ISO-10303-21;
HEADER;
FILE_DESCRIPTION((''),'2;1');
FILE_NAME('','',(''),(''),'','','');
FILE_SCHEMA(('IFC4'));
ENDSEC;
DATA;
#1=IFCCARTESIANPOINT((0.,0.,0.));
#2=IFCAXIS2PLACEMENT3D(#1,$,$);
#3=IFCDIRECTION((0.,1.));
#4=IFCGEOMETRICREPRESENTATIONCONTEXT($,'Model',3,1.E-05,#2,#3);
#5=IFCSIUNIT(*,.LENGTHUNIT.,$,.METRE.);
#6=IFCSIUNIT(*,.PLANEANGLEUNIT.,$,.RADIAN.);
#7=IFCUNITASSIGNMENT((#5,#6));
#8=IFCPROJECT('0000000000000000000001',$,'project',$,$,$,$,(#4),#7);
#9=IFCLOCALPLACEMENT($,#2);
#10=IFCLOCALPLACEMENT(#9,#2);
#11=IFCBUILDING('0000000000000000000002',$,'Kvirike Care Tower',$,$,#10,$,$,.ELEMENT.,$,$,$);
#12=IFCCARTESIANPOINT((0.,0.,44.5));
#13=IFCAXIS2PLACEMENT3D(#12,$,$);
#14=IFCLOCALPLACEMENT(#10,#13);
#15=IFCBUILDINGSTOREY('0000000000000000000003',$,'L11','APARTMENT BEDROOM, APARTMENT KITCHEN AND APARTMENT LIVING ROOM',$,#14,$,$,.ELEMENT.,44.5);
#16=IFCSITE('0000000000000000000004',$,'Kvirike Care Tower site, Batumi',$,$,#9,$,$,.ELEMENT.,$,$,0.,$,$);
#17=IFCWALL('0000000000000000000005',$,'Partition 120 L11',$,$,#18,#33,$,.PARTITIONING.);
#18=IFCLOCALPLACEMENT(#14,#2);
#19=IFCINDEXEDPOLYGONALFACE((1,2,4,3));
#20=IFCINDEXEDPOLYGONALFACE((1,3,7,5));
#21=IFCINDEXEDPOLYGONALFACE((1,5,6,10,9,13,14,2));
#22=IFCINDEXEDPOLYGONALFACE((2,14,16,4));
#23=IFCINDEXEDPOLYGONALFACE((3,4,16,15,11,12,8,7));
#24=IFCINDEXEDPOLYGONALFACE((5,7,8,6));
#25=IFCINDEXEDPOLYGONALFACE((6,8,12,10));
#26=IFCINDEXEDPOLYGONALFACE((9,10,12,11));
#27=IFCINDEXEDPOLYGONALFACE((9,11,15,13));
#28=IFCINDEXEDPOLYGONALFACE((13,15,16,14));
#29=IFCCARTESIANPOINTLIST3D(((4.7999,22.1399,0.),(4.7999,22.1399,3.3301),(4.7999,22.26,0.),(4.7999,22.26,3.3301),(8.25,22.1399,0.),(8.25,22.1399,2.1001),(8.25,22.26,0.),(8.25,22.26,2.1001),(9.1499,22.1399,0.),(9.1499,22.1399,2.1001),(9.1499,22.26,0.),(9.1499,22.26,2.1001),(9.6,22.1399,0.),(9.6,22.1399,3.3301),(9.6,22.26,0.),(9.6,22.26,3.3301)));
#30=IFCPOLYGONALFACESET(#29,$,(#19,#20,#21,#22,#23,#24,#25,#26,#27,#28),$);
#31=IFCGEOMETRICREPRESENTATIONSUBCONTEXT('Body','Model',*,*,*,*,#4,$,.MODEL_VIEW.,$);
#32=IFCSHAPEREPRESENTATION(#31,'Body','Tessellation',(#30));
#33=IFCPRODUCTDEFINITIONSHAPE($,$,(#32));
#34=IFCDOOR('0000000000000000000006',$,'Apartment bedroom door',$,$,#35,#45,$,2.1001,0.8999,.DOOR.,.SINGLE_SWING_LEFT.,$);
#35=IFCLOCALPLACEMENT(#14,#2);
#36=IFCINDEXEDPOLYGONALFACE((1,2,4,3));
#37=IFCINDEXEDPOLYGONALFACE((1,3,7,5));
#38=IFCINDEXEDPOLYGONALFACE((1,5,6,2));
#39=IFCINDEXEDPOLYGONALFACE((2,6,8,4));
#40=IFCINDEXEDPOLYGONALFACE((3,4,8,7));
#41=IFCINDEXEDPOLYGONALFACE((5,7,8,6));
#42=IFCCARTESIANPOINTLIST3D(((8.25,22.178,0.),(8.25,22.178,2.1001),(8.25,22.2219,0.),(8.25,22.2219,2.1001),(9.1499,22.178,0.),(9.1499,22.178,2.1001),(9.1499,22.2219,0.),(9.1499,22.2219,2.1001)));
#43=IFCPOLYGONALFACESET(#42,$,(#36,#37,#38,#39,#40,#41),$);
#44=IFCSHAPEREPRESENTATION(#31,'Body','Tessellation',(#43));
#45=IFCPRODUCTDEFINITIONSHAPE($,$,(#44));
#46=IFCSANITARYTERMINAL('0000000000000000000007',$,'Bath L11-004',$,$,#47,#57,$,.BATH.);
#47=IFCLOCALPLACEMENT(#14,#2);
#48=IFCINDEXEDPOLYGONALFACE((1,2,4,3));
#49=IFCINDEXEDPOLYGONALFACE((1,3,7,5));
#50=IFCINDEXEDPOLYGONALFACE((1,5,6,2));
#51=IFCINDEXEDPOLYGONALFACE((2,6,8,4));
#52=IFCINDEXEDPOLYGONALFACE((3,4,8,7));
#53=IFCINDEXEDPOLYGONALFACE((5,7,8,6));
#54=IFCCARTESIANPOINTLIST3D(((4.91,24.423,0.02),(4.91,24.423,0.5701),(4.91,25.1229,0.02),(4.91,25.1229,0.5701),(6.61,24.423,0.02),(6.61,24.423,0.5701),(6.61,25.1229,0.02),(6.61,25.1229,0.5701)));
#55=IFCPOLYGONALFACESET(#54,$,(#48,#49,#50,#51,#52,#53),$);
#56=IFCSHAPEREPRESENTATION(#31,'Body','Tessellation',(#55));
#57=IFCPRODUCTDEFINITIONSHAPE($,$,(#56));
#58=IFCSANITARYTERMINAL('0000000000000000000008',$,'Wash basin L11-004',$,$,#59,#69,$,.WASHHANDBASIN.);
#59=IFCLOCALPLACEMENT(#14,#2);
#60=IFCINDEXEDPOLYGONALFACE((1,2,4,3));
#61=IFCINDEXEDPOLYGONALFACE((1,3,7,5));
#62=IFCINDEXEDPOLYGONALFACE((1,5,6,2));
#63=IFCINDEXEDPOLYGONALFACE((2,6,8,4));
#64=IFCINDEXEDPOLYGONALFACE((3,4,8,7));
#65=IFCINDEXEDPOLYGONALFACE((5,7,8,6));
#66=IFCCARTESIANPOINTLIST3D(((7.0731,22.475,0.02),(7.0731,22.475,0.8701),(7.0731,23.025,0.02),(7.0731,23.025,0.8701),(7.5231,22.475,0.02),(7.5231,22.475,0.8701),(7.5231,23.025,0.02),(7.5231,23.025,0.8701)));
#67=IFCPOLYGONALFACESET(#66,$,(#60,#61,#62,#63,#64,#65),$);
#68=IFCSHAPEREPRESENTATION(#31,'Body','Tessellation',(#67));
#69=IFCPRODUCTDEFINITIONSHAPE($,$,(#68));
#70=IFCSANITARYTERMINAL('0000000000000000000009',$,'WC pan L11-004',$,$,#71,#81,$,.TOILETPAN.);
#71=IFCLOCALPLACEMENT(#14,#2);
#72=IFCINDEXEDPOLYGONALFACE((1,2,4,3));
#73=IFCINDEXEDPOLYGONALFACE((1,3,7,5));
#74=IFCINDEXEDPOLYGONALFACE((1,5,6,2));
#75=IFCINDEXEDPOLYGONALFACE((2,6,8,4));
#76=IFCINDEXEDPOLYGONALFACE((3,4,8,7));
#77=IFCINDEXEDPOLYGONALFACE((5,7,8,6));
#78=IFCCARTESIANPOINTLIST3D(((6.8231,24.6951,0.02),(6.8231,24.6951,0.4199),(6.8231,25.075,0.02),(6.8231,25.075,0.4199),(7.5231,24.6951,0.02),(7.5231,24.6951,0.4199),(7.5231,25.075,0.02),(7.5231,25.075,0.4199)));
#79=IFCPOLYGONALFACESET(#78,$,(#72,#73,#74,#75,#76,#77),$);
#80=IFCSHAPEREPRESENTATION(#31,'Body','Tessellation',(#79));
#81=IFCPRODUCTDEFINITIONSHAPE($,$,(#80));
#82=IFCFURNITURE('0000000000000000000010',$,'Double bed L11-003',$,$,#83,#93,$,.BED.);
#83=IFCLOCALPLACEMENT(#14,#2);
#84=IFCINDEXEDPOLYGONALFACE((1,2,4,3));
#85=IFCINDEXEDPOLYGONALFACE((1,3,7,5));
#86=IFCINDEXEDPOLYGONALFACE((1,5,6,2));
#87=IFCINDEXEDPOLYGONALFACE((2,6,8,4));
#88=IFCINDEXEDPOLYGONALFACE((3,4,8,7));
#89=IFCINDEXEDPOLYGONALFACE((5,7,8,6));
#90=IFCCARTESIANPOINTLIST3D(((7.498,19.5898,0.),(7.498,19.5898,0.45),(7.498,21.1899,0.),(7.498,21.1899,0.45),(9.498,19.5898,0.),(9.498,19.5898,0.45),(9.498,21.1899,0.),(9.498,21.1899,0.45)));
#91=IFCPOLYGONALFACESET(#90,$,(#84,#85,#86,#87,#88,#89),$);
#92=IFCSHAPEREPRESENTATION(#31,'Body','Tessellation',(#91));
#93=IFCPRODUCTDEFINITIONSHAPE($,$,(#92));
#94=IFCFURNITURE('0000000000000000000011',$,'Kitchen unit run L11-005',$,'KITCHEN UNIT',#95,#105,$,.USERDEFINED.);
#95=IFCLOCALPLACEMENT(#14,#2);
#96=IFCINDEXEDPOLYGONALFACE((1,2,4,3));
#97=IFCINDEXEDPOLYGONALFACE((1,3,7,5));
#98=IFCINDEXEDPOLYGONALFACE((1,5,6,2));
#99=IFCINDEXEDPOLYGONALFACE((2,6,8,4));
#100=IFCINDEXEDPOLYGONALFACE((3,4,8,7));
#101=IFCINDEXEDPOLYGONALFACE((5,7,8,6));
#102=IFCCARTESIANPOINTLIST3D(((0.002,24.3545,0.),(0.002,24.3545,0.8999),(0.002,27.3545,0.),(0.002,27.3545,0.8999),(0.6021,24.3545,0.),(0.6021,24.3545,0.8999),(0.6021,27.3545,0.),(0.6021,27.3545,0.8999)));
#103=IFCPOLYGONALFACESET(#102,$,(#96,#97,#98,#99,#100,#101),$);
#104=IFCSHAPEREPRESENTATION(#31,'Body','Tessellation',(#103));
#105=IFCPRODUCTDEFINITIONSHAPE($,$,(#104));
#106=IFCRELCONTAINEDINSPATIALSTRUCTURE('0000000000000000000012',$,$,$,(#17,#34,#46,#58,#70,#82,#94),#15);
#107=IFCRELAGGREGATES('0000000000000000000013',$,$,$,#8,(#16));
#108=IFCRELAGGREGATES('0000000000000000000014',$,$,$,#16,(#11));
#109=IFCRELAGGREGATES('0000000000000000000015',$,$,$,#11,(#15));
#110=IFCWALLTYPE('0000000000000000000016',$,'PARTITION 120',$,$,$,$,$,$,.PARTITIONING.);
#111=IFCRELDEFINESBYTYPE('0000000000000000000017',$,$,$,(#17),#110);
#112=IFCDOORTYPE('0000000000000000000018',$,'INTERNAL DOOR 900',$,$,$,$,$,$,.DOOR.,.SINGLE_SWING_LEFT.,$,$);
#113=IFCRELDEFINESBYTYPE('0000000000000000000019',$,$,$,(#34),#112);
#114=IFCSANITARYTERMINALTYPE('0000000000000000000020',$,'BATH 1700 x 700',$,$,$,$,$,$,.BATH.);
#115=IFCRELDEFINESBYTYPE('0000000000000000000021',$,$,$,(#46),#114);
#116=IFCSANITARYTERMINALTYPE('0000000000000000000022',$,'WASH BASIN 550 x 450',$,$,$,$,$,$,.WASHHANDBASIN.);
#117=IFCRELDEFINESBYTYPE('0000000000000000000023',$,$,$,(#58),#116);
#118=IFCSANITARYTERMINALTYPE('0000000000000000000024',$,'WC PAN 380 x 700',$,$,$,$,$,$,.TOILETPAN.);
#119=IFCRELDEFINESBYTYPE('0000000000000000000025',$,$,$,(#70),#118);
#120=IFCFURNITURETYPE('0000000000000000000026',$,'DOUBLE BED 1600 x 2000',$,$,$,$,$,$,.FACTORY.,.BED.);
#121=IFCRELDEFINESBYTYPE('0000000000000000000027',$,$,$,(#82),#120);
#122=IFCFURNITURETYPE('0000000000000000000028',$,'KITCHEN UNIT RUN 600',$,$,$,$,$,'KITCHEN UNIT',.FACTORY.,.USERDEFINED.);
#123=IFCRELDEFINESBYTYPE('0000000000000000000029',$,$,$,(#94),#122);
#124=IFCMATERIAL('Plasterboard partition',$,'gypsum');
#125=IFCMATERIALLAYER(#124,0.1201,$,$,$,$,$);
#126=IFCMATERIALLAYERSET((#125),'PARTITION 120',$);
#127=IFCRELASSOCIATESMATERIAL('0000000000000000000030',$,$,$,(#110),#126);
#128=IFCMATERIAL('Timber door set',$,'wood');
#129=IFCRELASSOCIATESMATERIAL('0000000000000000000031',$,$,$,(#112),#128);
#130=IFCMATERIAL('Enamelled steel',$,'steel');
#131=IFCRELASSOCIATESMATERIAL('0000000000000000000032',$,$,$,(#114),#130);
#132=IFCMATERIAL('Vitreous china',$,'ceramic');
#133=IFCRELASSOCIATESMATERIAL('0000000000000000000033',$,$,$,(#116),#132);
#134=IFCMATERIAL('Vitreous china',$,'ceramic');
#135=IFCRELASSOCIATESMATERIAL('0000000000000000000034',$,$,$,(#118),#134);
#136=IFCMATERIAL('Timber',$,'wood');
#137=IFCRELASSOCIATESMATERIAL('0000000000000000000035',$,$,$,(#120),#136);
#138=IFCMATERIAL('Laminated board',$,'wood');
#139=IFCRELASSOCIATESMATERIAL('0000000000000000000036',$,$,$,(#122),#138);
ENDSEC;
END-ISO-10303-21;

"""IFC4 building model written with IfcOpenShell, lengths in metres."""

from ifc_helpers import new_model, si_unit, direction, frame, frame_2d, origin, origin_2d, place, context, subcontext, project, spatial, rectangle, extrude, material, layer, layer_set, type_object, element, fill, save


model = new_model("IFC4")

# Units and contexts
model_context = context("Model", 3, precision=1e-05, world=origin(), true_north=direction((0.0, 1.0)))
body_context = subcontext(model_context, "Body", "Model", "MODEL_VIEW")
ifc_project = project(units=[si_unit("LENGTHUNIT", "METRE"), si_unit("PLANEANGLEUNIT", "RADIAN")], contexts=[model_context])

# Site, building, storey
site_placement = place(None, origin())
site = spatial("IfcSite", under=ifc_project, at=site_placement, Name="Kvirike Care Tower site, Batumi", CompositionType="ELEMENT", RefElevation=0.0)
building_placement = place(site_placement, origin())
building = spatial("IfcBuilding", under=site, at=building_placement, Name="Kvirike Care Tower", CompositionType="ELEMENT")
storey_placement = place(building_placement, frame((0.0, 0.0, 44.5)))
storey = spatial("IfcBuildingStorey", under=building, at=storey_placement, Name="L11", Description="APARTMENT BEDROOM, APARTMENT KITCHEN AND APARTMENT LIVING ROOM", CompositionType="ELEMENT", Elevation=44.5)

# Wall, opening, door
ifc_material_1 = material(Name="Plasterboard partition", Category="gypsum")
ifc_layer_1 = layer(ifc_material_1, 0.1201)
ifc_layer_set_1 = layer_set([ifc_layer_1], Name="PARTITION 120")
wall_type_1 = type_object("IfcWallType", Name="PARTITION 120", PredefinedType="PARTITIONING", material=ifc_layer_set_1)
ifc_material_2 = material(Name="Timber door set", Category="wood")
door_type_1 = type_object("IfcDoorType", Name="INTERNAL DOOR 900", OperationType="SINGLE_SWING_LEFT", PredefinedType="DOOR", material=ifc_material_2)
wall_1_placement = place(storey_placement, frame((4.8, 22.2, 0.0), z_axis=(0.0, 0.0, 1.0), x_axis=(1.0, 0.0, 0.0)))
wall_1 = element("IfcWall", 1, at=wall_1_placement, inside=storey, type_object=wall_type_1, Name="Partition 120 L11", PredefinedType="PARTITIONING", context=body_context, shape_type="SweptSolid", body=[
    extrude(rectangle(XDim=4.8, YDim=0.1201, at=frame_2d((2.3999, 0.0))), origin(), (0.0, 0.0, 1.0), 3.3301),
])
opening_1_placement = place(wall_1_placement, frame((3.45, 0.0, 0.0)))
opening_1 = element("IfcOpeningElement", 2, at=opening_1_placement, cuts=wall_1, PredefinedType="OPENING", context=body_context, shape_type="SweptSolid", body=[
    extrude(rectangle(XDim=0.8999, YDim=2.1001, at=frame_2d((0.45, 1.05))), frame((0.0, 0.0706, 0.0), z_axis=(0.0, -1.0, 0.0), x_axis=(1.0, 0.0, 0.0)), (0.0, 0.0, 1.0), 0.1411),
])
door_1_placement = place(opening_1_placement, origin())
door_1 = element("IfcDoor", 3, at=door_1_placement, inside=storey, type_object=door_type_1, Name="Apartment bedroom door", OperationType="SINGLE_SWING_LEFT", OverallHeight=2.1001, OverallWidth=0.8999, PredefinedType="DOOR", context=body_context, shape_type="SweptSolid", body=[
    extrude(rectangle(XDim=0.8999, YDim=2.1001, at=frame_2d((0.45, 1.05))), frame((0.0, 0.022, 0.0), z_axis=(0.0, -1.0, 0.0), x_axis=(1.0, 0.0, 0.0)), (0.0, 0.0, 1.0), 0.0439),
])
fill(opening_1, door_1)

# Sanitary terminals
ifc_material_3 = material(Name="Enamelled steel", Category="steel")
sanitary_terminal_type_1 = type_object("IfcSanitaryTerminalType", Name="BATH 1700 x 700", PredefinedType="BATH", material=ifc_material_3)
sanitary_terminal_1_placement = place(storey_placement, frame((5.76, 24.7729, 0.02), z_axis=(0.0, 0.0, 1.0), x_axis=(1.0, 0.0, 0.0)))
element("IfcSanitaryTerminal", 4, at=sanitary_terminal_1_placement, inside=storey, type_object=sanitary_terminal_type_1, Name="Bath L11-004", PredefinedType="BATH", context=body_context, shape_type="SweptSolid", body=[
    extrude(rectangle(XDim=1.7, YDim=0.7, at=origin_2d()), origin(), (0.0, 0.0, 1.0), 0.55),
])
ifc_material_4 = material(Name="Vitreous china", Category="ceramic")
sanitary_terminal_type_2 = type_object("IfcSanitaryTerminalType", Name="WASH BASIN 550 x 450", PredefinedType="WASHHANDBASIN", material=ifc_material_4)
sanitary_terminal_2_placement = place(storey_placement, frame((7.2981, 22.75, 0.02), z_axis=(0.0, 0.0, 1.0), x_axis=(0.0, -1.0, 0.0)))
element("IfcSanitaryTerminal", 5, at=sanitary_terminal_2_placement, inside=storey, type_object=sanitary_terminal_type_2, Name="Wash basin L11-004", PredefinedType="WASHHANDBASIN", context=body_context, shape_type="SweptSolid", body=[
    extrude(rectangle(XDim=0.55, YDim=0.45, at=origin_2d()), origin(), (0.0, 0.0, 1.0), 0.8501),
])
ifc_material_5 = material(Name="Vitreous china", Category="ceramic")
sanitary_terminal_type_3 = type_object("IfcSanitaryTerminalType", Name="WC PAN 380 x 700", PredefinedType="TOILETPAN", material=ifc_material_5)
sanitary_terminal_3_placement = place(storey_placement, frame((7.1731, 24.885, 0.02), z_axis=(0.0, 0.0, 1.0), x_axis=(0.0, -1.0, 0.0)))
element("IfcSanitaryTerminal", 6, at=sanitary_terminal_3_placement, inside=storey, type_object=sanitary_terminal_type_3, Name="WC pan L11-004", PredefinedType="TOILETPAN", context=body_context, shape_type="SweptSolid", body=[
    extrude(rectangle(XDim=0.3799, YDim=0.7, at=origin_2d()), origin(), (0.0, 0.0, 1.0), 0.3999),
])

# Furniture
ifc_material_6 = material(Name="Timber", Category="wood")
furniture_type_1 = type_object("IfcFurnitureType", Name="DOUBLE BED 1600 x 2000", AssemblyPlace="FACTORY", PredefinedType="BED", material=ifc_material_6)
furniture_1_placement = place(storey_placement, frame((8.498, 20.3899, 0.0), z_axis=(0.0, 0.0, 1.0), x_axis=(0.0, -1.0, 0.0)))
element("IfcFurniture", 7, at=furniture_1_placement, inside=storey, type_object=furniture_type_1, Name="Double bed L11-003", PredefinedType="BED", context=body_context, shape_type="SweptSolid", body=[
    extrude(rectangle(XDim=1.6001, YDim=2.0, at=origin_2d()), origin(), (0.0, 0.0, 1.0), 0.45),
])
ifc_material_7 = material(Name="Laminated board", Category="wood")
furniture_type_2 = type_object("IfcFurnitureType", Name="KITCHEN UNIT RUN 600", ElementType="KITCHEN UNIT", AssemblyPlace="FACTORY", PredefinedType="USERDEFINED", material=ifc_material_7)
furniture_2_placement = place(storey_placement, frame((0.302, 25.8545, 0.0), z_axis=(0.0, 0.0, 1.0), x_axis=(0.0, 1.0, 0.0)))
element("IfcFurniture", 8, at=furniture_2_placement, inside=storey, type_object=furniture_type_2, Name="Kitchen unit run L11-005", ObjectType="KITCHEN UNIT", PredefinedType="USERDEFINED", context=body_context, shape_type="SweptSolid", body=[
    extrude(rectangle(XDim=3.0, YDim=0.6001, at=origin_2d()), origin(), (0.0, 0.0, 1.0), 0.8999),
])

save(model, "model.ifc")
